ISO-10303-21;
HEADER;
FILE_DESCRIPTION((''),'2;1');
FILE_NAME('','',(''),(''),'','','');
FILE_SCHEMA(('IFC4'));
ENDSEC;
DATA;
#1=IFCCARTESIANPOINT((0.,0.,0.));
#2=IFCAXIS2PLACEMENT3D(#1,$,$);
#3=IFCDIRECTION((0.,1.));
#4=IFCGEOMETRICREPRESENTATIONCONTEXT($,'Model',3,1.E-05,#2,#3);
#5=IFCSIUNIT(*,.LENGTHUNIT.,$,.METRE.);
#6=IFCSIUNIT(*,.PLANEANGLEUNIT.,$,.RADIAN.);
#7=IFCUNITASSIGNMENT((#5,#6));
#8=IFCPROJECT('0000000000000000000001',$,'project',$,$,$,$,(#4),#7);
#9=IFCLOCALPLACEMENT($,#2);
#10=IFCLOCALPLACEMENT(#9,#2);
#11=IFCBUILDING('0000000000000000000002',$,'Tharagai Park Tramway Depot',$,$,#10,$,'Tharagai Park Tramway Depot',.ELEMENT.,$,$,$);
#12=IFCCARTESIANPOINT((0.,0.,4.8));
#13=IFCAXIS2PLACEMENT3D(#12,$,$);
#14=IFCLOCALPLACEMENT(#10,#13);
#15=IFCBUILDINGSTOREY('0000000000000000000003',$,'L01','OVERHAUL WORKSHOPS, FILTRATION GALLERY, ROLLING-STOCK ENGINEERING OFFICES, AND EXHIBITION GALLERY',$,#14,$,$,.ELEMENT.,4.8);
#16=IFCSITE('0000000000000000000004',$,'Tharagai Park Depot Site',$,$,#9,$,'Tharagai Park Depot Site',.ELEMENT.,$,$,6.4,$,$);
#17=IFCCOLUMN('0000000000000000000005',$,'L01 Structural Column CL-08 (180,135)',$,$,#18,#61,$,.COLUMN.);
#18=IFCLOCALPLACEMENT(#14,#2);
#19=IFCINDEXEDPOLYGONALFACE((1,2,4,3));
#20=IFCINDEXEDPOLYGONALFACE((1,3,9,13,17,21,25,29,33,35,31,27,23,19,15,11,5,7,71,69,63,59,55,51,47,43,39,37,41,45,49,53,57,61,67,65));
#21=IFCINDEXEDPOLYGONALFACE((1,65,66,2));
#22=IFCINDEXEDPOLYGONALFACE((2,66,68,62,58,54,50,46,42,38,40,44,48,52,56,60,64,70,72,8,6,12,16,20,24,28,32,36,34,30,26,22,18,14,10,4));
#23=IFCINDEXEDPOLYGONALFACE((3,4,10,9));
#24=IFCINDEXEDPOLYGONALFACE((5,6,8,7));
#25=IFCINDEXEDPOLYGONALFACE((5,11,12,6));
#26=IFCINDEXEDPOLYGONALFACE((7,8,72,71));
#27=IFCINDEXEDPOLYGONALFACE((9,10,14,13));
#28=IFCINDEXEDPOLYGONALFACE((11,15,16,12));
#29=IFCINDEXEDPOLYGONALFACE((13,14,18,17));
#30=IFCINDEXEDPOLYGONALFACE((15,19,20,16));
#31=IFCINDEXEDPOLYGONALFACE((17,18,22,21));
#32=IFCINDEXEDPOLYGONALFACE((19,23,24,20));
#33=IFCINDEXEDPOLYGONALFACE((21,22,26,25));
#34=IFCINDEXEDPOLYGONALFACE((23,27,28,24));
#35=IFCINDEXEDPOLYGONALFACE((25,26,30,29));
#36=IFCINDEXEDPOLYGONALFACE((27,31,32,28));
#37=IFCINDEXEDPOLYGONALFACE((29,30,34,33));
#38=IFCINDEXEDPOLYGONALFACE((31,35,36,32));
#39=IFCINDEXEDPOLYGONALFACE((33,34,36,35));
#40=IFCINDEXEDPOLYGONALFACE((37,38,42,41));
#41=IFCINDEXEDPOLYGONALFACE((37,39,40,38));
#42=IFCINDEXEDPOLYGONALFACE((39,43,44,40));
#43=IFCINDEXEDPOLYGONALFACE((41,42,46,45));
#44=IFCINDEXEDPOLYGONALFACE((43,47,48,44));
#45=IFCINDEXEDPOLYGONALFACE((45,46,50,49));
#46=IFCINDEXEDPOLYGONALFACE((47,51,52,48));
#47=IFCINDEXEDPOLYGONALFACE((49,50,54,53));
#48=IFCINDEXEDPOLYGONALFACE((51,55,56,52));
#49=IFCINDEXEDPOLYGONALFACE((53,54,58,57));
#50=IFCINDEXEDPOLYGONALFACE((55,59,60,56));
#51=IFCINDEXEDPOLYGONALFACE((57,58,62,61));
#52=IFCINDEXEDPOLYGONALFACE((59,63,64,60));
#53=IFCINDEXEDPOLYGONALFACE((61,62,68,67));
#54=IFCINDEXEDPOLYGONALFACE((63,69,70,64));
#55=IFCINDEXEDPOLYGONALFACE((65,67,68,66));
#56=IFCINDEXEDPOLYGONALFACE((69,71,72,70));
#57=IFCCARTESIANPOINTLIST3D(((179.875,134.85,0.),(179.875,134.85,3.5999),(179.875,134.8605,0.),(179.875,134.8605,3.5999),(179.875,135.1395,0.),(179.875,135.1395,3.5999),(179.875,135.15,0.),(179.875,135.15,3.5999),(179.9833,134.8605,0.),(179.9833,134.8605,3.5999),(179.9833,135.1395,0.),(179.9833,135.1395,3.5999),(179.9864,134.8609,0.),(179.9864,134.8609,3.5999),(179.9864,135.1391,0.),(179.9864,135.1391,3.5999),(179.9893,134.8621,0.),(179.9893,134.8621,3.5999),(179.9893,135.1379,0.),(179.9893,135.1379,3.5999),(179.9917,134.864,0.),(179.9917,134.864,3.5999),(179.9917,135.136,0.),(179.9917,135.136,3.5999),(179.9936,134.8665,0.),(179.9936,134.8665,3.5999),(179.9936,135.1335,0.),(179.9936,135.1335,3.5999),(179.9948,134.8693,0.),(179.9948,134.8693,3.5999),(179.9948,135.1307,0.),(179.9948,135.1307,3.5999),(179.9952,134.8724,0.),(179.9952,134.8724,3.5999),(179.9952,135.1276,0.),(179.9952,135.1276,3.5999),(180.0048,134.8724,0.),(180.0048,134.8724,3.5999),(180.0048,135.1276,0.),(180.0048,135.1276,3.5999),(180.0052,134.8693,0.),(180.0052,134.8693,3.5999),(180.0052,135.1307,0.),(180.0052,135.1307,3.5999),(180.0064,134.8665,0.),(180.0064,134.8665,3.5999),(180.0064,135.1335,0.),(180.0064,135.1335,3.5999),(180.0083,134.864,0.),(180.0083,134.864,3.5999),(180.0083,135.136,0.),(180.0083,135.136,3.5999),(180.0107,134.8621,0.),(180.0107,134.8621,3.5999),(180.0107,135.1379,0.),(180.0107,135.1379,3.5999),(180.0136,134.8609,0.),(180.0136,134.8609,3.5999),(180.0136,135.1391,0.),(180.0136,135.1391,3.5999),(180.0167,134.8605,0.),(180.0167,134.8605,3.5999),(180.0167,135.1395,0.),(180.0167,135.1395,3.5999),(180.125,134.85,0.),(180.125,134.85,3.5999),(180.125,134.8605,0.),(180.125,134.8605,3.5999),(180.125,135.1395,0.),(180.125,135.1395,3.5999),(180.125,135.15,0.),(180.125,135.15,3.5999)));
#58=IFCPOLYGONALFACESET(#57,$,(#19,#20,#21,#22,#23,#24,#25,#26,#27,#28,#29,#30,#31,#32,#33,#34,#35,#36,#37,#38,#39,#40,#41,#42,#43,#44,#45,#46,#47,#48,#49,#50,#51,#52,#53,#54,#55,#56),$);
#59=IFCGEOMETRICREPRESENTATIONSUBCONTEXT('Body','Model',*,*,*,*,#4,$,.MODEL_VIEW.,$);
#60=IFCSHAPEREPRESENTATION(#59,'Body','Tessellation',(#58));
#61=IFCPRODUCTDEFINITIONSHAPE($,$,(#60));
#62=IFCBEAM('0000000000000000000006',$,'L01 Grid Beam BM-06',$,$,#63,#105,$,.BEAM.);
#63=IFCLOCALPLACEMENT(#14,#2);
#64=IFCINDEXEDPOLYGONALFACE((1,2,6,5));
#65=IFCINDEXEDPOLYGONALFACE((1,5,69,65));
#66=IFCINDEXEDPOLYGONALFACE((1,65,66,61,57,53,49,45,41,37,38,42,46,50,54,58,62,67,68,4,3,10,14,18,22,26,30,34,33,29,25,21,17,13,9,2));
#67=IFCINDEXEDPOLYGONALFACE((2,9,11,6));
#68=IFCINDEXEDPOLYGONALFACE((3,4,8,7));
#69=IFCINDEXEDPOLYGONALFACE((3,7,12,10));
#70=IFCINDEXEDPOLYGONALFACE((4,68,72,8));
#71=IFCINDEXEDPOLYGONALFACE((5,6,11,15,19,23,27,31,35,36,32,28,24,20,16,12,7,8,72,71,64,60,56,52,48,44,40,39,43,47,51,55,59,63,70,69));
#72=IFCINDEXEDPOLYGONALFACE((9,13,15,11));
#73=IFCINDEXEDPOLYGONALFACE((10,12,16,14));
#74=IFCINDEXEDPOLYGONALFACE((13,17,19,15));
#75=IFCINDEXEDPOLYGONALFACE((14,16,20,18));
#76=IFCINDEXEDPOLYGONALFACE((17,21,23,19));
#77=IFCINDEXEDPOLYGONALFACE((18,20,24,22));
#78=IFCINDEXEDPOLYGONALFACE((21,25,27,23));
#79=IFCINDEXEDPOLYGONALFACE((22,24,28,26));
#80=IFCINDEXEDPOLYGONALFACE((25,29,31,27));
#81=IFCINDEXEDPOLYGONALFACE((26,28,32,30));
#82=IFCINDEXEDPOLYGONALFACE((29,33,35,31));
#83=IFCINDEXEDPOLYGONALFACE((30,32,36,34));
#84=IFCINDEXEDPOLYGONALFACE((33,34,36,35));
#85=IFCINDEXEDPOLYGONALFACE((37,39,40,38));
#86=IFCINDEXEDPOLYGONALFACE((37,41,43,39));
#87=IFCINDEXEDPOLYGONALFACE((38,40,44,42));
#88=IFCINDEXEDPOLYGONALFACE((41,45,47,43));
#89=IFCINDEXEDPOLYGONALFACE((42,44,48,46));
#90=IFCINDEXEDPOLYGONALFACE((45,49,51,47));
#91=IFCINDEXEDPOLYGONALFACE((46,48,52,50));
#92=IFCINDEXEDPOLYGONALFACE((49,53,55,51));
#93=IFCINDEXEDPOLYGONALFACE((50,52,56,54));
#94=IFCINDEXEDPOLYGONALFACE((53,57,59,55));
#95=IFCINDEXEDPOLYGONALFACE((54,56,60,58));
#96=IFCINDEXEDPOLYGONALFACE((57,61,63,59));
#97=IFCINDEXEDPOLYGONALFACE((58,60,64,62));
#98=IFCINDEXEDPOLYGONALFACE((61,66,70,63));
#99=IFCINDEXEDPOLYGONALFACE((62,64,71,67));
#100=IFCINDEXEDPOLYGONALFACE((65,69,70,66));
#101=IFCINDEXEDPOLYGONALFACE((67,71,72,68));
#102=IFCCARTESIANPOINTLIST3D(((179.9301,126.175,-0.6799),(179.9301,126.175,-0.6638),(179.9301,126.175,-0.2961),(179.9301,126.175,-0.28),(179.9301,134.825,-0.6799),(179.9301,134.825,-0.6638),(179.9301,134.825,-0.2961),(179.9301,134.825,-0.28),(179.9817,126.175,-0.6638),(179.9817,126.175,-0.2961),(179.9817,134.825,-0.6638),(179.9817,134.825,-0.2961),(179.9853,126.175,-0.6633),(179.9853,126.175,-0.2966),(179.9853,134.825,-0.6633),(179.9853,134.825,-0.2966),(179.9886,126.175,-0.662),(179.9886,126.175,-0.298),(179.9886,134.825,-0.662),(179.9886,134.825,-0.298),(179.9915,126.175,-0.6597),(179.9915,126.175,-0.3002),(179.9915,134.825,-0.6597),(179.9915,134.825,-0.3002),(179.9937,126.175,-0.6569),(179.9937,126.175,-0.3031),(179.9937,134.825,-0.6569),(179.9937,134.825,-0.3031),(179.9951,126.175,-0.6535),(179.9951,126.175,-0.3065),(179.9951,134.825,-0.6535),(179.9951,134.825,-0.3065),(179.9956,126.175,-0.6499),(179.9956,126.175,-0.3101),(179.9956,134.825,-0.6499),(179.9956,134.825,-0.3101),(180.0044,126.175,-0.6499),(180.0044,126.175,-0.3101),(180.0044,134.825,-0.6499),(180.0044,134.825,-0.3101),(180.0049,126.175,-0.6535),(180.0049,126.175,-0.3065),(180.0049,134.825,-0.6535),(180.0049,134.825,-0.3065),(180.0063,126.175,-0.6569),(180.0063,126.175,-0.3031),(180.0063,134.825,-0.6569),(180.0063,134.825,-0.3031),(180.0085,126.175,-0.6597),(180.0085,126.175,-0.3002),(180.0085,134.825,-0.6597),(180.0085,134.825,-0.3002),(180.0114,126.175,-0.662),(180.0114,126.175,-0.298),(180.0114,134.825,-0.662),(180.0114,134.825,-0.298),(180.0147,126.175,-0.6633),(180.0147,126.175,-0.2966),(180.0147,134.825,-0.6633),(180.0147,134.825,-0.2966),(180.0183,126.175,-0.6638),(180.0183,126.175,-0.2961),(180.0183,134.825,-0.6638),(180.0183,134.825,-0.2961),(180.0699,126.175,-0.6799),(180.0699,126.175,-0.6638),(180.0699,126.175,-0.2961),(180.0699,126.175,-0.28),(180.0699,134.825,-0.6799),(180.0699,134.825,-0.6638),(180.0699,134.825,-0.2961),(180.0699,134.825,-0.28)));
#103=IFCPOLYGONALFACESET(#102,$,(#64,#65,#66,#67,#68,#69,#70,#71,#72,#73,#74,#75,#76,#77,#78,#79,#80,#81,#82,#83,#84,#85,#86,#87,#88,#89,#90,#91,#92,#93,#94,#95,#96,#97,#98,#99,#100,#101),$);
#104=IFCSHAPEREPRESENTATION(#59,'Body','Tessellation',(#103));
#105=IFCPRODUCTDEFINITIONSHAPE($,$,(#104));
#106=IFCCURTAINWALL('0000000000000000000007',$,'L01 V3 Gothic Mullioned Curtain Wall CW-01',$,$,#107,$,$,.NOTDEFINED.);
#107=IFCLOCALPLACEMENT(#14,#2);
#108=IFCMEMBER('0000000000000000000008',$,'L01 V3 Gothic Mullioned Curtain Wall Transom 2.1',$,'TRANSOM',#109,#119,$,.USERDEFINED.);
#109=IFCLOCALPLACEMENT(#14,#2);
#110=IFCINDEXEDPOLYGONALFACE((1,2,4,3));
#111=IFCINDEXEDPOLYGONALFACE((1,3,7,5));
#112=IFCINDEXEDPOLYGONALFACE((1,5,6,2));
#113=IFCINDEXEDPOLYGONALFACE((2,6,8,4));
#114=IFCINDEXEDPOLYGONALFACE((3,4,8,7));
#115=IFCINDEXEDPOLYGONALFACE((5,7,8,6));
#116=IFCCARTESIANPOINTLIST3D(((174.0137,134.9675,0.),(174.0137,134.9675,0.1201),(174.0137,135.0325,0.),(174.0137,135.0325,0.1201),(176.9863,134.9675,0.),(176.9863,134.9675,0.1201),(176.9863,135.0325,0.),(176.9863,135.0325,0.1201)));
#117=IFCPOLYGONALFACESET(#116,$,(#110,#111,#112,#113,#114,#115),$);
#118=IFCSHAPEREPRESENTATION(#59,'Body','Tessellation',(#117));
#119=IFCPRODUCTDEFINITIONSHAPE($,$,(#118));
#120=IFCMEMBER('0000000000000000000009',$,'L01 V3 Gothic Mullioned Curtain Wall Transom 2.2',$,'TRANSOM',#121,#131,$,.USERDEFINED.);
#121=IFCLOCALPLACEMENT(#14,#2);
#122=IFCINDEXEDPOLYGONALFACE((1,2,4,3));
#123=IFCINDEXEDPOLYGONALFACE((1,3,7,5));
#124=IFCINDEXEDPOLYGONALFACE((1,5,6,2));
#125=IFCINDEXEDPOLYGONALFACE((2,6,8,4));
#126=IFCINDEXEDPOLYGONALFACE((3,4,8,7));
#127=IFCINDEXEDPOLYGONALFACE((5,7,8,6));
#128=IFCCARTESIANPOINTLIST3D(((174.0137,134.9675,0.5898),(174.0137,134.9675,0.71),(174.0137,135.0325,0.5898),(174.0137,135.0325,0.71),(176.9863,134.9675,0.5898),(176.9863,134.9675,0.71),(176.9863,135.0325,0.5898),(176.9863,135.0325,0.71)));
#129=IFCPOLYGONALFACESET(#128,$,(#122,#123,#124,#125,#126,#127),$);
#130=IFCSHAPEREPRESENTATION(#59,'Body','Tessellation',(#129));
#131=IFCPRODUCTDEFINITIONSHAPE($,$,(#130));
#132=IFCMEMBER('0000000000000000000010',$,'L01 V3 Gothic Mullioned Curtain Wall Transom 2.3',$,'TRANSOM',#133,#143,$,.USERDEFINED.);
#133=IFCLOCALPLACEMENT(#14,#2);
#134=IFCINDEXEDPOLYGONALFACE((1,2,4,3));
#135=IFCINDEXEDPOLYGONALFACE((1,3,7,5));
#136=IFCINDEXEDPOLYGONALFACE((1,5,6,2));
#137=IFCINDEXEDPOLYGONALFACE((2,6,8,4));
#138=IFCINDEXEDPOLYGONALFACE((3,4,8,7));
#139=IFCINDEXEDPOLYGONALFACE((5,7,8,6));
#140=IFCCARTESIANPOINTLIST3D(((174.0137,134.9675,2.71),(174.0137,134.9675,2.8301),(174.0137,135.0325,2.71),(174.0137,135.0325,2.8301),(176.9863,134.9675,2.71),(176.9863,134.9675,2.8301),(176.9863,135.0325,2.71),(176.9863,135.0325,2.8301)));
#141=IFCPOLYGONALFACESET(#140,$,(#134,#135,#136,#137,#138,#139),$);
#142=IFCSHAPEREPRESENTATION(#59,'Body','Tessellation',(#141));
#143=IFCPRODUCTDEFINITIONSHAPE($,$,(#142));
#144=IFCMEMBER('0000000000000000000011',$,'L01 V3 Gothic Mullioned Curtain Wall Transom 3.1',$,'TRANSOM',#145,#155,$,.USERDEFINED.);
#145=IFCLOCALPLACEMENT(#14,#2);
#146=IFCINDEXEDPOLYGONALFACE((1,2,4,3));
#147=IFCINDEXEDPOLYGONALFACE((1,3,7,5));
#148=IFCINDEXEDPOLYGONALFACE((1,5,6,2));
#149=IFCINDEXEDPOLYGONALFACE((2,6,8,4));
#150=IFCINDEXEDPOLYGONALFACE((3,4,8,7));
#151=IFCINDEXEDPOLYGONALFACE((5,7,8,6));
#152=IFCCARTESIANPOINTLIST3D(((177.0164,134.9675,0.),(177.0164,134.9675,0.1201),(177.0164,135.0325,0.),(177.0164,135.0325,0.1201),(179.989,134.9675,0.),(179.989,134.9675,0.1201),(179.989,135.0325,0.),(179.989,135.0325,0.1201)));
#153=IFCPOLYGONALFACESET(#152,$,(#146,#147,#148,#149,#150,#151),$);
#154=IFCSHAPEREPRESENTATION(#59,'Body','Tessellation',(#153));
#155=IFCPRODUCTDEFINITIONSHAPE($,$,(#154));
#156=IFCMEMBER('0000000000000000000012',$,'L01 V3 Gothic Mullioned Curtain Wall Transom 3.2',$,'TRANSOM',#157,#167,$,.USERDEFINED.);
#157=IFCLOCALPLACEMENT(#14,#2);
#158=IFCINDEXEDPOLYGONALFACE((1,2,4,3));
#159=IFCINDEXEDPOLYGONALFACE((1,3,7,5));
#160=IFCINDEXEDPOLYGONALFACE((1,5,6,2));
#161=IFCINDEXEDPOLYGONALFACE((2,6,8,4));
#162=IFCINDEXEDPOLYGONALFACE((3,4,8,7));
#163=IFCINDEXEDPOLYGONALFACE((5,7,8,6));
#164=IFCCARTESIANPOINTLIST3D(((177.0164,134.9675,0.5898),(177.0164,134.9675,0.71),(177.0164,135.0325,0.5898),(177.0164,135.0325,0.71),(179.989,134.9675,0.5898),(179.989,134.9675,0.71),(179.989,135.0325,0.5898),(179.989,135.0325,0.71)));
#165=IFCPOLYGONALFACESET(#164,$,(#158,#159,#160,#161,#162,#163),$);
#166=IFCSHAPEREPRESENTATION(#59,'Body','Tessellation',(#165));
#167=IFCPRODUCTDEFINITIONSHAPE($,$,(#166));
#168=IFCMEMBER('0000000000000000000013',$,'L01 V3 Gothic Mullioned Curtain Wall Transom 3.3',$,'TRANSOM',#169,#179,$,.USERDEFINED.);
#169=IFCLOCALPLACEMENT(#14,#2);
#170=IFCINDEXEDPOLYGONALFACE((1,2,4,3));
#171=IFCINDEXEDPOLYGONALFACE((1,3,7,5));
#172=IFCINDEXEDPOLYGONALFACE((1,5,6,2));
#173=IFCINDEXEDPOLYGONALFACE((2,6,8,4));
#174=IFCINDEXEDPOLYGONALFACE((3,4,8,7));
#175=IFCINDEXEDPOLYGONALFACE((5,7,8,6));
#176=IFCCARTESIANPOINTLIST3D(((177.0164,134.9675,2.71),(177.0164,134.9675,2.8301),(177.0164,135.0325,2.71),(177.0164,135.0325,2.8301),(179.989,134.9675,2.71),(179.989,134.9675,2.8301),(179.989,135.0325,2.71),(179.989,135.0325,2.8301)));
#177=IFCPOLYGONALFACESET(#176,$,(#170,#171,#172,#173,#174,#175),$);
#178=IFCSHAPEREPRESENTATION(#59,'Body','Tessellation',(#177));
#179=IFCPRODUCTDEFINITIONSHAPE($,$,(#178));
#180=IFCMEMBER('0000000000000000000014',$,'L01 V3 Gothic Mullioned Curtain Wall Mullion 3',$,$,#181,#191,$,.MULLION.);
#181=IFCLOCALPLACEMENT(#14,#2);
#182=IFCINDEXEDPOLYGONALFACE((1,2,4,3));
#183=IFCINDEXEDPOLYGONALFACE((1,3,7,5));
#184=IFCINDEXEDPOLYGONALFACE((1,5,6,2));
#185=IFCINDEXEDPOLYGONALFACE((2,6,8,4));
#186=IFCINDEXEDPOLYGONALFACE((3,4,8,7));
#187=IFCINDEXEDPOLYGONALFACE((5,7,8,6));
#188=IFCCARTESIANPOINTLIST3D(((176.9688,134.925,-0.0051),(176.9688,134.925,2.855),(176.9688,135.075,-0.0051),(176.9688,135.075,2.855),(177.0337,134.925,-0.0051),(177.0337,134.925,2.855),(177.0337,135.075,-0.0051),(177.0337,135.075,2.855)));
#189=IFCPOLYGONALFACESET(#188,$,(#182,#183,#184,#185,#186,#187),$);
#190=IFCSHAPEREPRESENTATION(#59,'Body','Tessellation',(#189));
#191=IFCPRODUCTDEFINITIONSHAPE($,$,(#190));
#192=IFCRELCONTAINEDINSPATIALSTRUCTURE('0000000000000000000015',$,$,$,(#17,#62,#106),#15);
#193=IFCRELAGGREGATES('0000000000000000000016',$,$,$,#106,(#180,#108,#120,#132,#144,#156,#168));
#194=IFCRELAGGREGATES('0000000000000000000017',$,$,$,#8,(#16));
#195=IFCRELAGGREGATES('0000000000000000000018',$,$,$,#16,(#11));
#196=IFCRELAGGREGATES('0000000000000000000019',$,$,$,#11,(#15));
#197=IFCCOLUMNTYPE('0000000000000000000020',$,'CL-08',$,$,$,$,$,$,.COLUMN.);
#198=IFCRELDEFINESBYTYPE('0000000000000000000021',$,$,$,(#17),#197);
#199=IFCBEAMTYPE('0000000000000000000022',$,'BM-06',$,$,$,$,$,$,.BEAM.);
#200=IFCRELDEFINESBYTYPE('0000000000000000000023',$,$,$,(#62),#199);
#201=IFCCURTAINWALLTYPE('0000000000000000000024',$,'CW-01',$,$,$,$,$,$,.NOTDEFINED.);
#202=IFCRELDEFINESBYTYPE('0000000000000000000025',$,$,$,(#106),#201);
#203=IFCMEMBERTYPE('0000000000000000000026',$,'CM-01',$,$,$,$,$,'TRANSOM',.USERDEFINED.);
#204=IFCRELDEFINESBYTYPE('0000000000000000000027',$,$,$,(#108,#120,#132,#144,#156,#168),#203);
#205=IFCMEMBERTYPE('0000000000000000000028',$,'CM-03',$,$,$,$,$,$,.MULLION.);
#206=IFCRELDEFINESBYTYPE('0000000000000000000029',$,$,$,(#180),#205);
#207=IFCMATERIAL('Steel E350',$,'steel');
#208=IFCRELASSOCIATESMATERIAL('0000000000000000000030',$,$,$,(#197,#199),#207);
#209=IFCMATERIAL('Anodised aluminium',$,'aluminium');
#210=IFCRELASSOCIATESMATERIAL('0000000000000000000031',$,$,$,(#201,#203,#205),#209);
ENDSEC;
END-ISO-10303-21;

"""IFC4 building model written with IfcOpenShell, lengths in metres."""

from ifc_helpers import new_model, si_unit, direction, frame, origin, origin_2d, place, context, subcontext, project, spatial, rectangle, i_section, extrude, material, material_profile, profile_set, type_object, element, aggregate, save


model = new_model("IFC4")

# Units and contexts
model_context = context("Model", 3, precision=1e-05, world=origin(), true_north=direction((0.0, 1.0)))
body_context = subcontext(model_context, "Body", "Model", "MODEL_VIEW")
ifc_project = project(units=[si_unit("LENGTHUNIT", "METRE"), si_unit("PLANEANGLEUNIT", "RADIAN")], contexts=[model_context])

# Site, building, storey
site_placement = place(None, origin())
site = spatial("IfcSite", under=ifc_project, at=site_placement, Name="Tharagai Park Depot Site", LongName="Tharagai Park Depot Site", CompositionType="ELEMENT", RefElevation=6.4)
building_placement = place(site_placement, origin())
building = spatial("IfcBuilding", under=site, at=building_placement, Name="Tharagai Park Tramway Depot", LongName="Tharagai Park Tramway Depot", CompositionType="ELEMENT")
storey_placement = place(building_placement, frame((0.0, 0.0, 4.8)))
storey = spatial("IfcBuildingStorey", under=building, at=storey_placement, Name="L01", Description="OVERHAUL WORKSHOPS, FILTRATION GALLERY, ROLLING-STOCK ENGINEERING OFFICES, AND EXHIBITION GALLERY", CompositionType="ELEMENT", Elevation=4.8)

# Column
ifc_material_1 = material(Name="Steel E350", Category="steel")
ifc_material_profile_1 = material_profile(ifc_material_1, i_section(OverallWidth=0.25, OverallDepth=0.3, WebThickness=0.0095, FlangeThickness=0.0105, FilletRadius=0.012, at=origin_2d()), Name="ISHB 300")
ifc_profile_set_1 = profile_set([ifc_material_profile_1], Name="Steel E350")
column_type = type_object("IfcColumnType", Name="CL-08", PredefinedType="COLUMN", material=ifc_profile_set_1)
column_placement = place(storey_placement, frame((180.0, 135.0, 0.0), z_axis=(0.0, 0.0, 1.0), x_axis=(1.0, 0.0, 0.0)))
element("IfcColumn", 1, at=column_placement, inside=storey, type_object=column_type, Name="L01 Structural Column CL-08 (180,135)", PredefinedType="COLUMN", context=body_context, shape_type="SweptSolid", body=[
    extrude(i_section(OverallWidth=0.25, OverallDepth=0.3, WebThickness=0.0095, FlangeThickness=0.0105, FilletRadius=0.012, at=origin_2d()), origin(), (0.0, 0.0, 1.0), 3.5999),
])

# Beam
ifc_material_profile_2 = material_profile(ifc_material_1, i_section(OverallWidth=0.1399, OverallDepth=0.3999, WebThickness=0.0088, FlangeThickness=0.0161, FilletRadius=0.0139, at=origin_2d()), Name="ISMB 400")
ifc_profile_set_2 = profile_set([ifc_material_profile_2], Name="Steel E350")
beam_type_1 = type_object("IfcBeamType", Name="BM-06", PredefinedType="BEAM", material=ifc_profile_set_2)
beam_1_placement = place(storey_placement, frame((180.0, 126.175, -0.48), z_axis=(0.0, 1.0, 0.0), x_axis=(-1.0, 0.0, 0.0)))
element("IfcBeam", 2, at=beam_1_placement, inside=storey, type_object=beam_type_1, Name="L01 Grid Beam BM-06", PredefinedType="BEAM", context=body_context, shape_type="SweptSolid", body=[
    extrude(i_section(OverallWidth=0.1399, OverallDepth=0.3999, WebThickness=0.0088, FlangeThickness=0.0161, FilletRadius=0.0139, at=origin_2d()), origin(), (0.0, 0.0, 1.0), 8.6499),
])

# Curtain wall, members
ifc_material_2 = material(Name="Anodised aluminium", Category="aluminium")
curtain_wall_type = type_object("IfcCurtainWallType", Name="CW-01", PredefinedType="NOTDEFINED", material=ifc_material_2)
curtain_wall_placement = place(storey_placement, origin())
curtain_wall = element("IfcCurtainWall", 3, at=curtain_wall_placement, inside=storey, type_object=curtain_wall_type, Name="L01 V3 Gothic Mullioned Curtain Wall CW-01", PredefinedType="NOTDEFINED")
ifc_material_profile_3 = material_profile(ifc_material_2, rectangle(XDim=0.0649, YDim=0.1201, at=origin_2d()), Name="ALU 65x120")
ifc_profile_set_3 = profile_set([ifc_material_profile_3], Name="Anodised aluminium")
member_type_1 = type_object("IfcMemberType", Name="CM-01", ElementType="TRANSOM", PredefinedType="USERDEFINED", material=ifc_profile_set_3)
member_1_placement = place(storey_placement, frame((174.0137, 135.0, 0.0601), z_axis=(1.0, 0.0, 0.0), x_axis=(0.0, 1.0, 0.0)))
member_1 = element("IfcMember", 4, at=member_1_placement, type_object=member_type_1, Name="L01 V3 Gothic Mullioned Curtain Wall Transom 2.1", ObjectType="TRANSOM", PredefinedType="USERDEFINED", context=body_context, shape_type="SweptSolid", body=[
    extrude(rectangle(XDim=0.0649, YDim=0.1201, at=origin_2d()), origin(), (0.0, 0.0, 1.0), 2.9727),
])
member_2_placement = place(storey_placement, frame((174.0137, 135.0, 0.6499), z_axis=(1.0, 0.0, 0.0), x_axis=(0.0, 1.0, 0.0)))
member_2 = element("IfcMember", 5, at=member_2_placement, type_object=member_type_1, Name="L01 V3 Gothic Mullioned Curtain Wall Transom 2.2", ObjectType="TRANSOM", PredefinedType="USERDEFINED", context=body_context, shape_type="SweptSolid", body=[
    extrude(rectangle(XDim=0.0649, YDim=0.1201, at=origin_2d()), origin(), (0.0, 0.0, 1.0), 2.9727),
])
member_3_placement = place(storey_placement, frame((174.0137, 135.0, 2.77), z_axis=(1.0, 0.0, 0.0), x_axis=(0.0, 1.0, 0.0)))
member_3 = element("IfcMember", 6, at=member_3_placement, type_object=member_type_1, Name="L01 V3 Gothic Mullioned Curtain Wall Transom 2.3", ObjectType="TRANSOM", PredefinedType="USERDEFINED", context=body_context, shape_type="SweptSolid", body=[
    extrude(rectangle(XDim=0.0649, YDim=0.1201, at=origin_2d()), origin(), (0.0, 0.0, 1.0), 2.9727),
])
member_4_placement = place(storey_placement, frame((177.0164, 135.0, 0.0601), z_axis=(1.0, 0.0, 0.0), x_axis=(0.0, 1.0, 0.0)))
member_4 = element("IfcMember", 7, at=member_4_placement, type_object=member_type_1, Name="L01 V3 Gothic Mullioned Curtain Wall Transom 3.1", ObjectType="TRANSOM", PredefinedType="USERDEFINED", context=body_context, shape_type="SweptSolid", body=[
    extrude(rectangle(XDim=0.0649, YDim=0.1201, at=origin_2d()), origin(), (0.0, 0.0, 1.0), 2.9727),
])
member_5_placement = place(storey_placement, frame((177.0164, 135.0, 0.6499), z_axis=(1.0, 0.0, 0.0), x_axis=(0.0, 1.0, 0.0)))
member_5 = element("IfcMember", 8, at=member_5_placement, type_object=member_type_1, Name="L01 V3 Gothic Mullioned Curtain Wall Transom 3.2", ObjectType="TRANSOM", PredefinedType="USERDEFINED", context=body_context, shape_type="SweptSolid", body=[
    extrude(rectangle(XDim=0.0649, YDim=0.1201, at=origin_2d()), origin(), (0.0, 0.0, 1.0), 2.9727),
])
member_6_placement = place(storey_placement, frame((177.0164, 135.0, 2.77), z_axis=(1.0, 0.0, 0.0), x_axis=(0.0, 1.0, 0.0)))
member_6 = element("IfcMember", 9, at=member_6_placement, type_object=member_type_1, Name="L01 V3 Gothic Mullioned Curtain Wall Transom 3.3", ObjectType="TRANSOM", PredefinedType="USERDEFINED", context=body_context, shape_type="SweptSolid", body=[
    extrude(rectangle(XDim=0.0649, YDim=0.1201, at=origin_2d()), origin(), (0.0, 0.0, 1.0), 2.9727),
])
ifc_material_profile_4 = material_profile(ifc_material_2, rectangle(XDim=0.0649, YDim=0.1499, at=origin_2d()), Name="ALU 65x150")
ifc_profile_set_4 = profile_set([ifc_material_profile_4], Name="Anodised aluminium")
member_type_2 = type_object("IfcMemberType", Name="CM-03", PredefinedType="MULLION", material=ifc_profile_set_4)
member_7_placement = place(storey_placement, frame((177.0012, 135.0, -0.0051), z_axis=(0.0, 0.0, 1.0), x_axis=(1.0, 0.0, 0.0)))
member_7 = element("IfcMember", 10, at=member_7_placement, type_object=member_type_2, Name="L01 V3 Gothic Mullioned Curtain Wall Mullion 3", PredefinedType="MULLION", context=body_context, shape_type="SweptSolid", body=[
    extrude(rectangle(XDim=0.0649, YDim=0.1499, at=origin_2d()), origin(), (0.0, 0.0, 1.0), 2.8601),
])

aggregate(curtain_wall, [member_7, member_1, member_2, member_3, member_4, member_5, member_6])

save(model, "model.ifc")
